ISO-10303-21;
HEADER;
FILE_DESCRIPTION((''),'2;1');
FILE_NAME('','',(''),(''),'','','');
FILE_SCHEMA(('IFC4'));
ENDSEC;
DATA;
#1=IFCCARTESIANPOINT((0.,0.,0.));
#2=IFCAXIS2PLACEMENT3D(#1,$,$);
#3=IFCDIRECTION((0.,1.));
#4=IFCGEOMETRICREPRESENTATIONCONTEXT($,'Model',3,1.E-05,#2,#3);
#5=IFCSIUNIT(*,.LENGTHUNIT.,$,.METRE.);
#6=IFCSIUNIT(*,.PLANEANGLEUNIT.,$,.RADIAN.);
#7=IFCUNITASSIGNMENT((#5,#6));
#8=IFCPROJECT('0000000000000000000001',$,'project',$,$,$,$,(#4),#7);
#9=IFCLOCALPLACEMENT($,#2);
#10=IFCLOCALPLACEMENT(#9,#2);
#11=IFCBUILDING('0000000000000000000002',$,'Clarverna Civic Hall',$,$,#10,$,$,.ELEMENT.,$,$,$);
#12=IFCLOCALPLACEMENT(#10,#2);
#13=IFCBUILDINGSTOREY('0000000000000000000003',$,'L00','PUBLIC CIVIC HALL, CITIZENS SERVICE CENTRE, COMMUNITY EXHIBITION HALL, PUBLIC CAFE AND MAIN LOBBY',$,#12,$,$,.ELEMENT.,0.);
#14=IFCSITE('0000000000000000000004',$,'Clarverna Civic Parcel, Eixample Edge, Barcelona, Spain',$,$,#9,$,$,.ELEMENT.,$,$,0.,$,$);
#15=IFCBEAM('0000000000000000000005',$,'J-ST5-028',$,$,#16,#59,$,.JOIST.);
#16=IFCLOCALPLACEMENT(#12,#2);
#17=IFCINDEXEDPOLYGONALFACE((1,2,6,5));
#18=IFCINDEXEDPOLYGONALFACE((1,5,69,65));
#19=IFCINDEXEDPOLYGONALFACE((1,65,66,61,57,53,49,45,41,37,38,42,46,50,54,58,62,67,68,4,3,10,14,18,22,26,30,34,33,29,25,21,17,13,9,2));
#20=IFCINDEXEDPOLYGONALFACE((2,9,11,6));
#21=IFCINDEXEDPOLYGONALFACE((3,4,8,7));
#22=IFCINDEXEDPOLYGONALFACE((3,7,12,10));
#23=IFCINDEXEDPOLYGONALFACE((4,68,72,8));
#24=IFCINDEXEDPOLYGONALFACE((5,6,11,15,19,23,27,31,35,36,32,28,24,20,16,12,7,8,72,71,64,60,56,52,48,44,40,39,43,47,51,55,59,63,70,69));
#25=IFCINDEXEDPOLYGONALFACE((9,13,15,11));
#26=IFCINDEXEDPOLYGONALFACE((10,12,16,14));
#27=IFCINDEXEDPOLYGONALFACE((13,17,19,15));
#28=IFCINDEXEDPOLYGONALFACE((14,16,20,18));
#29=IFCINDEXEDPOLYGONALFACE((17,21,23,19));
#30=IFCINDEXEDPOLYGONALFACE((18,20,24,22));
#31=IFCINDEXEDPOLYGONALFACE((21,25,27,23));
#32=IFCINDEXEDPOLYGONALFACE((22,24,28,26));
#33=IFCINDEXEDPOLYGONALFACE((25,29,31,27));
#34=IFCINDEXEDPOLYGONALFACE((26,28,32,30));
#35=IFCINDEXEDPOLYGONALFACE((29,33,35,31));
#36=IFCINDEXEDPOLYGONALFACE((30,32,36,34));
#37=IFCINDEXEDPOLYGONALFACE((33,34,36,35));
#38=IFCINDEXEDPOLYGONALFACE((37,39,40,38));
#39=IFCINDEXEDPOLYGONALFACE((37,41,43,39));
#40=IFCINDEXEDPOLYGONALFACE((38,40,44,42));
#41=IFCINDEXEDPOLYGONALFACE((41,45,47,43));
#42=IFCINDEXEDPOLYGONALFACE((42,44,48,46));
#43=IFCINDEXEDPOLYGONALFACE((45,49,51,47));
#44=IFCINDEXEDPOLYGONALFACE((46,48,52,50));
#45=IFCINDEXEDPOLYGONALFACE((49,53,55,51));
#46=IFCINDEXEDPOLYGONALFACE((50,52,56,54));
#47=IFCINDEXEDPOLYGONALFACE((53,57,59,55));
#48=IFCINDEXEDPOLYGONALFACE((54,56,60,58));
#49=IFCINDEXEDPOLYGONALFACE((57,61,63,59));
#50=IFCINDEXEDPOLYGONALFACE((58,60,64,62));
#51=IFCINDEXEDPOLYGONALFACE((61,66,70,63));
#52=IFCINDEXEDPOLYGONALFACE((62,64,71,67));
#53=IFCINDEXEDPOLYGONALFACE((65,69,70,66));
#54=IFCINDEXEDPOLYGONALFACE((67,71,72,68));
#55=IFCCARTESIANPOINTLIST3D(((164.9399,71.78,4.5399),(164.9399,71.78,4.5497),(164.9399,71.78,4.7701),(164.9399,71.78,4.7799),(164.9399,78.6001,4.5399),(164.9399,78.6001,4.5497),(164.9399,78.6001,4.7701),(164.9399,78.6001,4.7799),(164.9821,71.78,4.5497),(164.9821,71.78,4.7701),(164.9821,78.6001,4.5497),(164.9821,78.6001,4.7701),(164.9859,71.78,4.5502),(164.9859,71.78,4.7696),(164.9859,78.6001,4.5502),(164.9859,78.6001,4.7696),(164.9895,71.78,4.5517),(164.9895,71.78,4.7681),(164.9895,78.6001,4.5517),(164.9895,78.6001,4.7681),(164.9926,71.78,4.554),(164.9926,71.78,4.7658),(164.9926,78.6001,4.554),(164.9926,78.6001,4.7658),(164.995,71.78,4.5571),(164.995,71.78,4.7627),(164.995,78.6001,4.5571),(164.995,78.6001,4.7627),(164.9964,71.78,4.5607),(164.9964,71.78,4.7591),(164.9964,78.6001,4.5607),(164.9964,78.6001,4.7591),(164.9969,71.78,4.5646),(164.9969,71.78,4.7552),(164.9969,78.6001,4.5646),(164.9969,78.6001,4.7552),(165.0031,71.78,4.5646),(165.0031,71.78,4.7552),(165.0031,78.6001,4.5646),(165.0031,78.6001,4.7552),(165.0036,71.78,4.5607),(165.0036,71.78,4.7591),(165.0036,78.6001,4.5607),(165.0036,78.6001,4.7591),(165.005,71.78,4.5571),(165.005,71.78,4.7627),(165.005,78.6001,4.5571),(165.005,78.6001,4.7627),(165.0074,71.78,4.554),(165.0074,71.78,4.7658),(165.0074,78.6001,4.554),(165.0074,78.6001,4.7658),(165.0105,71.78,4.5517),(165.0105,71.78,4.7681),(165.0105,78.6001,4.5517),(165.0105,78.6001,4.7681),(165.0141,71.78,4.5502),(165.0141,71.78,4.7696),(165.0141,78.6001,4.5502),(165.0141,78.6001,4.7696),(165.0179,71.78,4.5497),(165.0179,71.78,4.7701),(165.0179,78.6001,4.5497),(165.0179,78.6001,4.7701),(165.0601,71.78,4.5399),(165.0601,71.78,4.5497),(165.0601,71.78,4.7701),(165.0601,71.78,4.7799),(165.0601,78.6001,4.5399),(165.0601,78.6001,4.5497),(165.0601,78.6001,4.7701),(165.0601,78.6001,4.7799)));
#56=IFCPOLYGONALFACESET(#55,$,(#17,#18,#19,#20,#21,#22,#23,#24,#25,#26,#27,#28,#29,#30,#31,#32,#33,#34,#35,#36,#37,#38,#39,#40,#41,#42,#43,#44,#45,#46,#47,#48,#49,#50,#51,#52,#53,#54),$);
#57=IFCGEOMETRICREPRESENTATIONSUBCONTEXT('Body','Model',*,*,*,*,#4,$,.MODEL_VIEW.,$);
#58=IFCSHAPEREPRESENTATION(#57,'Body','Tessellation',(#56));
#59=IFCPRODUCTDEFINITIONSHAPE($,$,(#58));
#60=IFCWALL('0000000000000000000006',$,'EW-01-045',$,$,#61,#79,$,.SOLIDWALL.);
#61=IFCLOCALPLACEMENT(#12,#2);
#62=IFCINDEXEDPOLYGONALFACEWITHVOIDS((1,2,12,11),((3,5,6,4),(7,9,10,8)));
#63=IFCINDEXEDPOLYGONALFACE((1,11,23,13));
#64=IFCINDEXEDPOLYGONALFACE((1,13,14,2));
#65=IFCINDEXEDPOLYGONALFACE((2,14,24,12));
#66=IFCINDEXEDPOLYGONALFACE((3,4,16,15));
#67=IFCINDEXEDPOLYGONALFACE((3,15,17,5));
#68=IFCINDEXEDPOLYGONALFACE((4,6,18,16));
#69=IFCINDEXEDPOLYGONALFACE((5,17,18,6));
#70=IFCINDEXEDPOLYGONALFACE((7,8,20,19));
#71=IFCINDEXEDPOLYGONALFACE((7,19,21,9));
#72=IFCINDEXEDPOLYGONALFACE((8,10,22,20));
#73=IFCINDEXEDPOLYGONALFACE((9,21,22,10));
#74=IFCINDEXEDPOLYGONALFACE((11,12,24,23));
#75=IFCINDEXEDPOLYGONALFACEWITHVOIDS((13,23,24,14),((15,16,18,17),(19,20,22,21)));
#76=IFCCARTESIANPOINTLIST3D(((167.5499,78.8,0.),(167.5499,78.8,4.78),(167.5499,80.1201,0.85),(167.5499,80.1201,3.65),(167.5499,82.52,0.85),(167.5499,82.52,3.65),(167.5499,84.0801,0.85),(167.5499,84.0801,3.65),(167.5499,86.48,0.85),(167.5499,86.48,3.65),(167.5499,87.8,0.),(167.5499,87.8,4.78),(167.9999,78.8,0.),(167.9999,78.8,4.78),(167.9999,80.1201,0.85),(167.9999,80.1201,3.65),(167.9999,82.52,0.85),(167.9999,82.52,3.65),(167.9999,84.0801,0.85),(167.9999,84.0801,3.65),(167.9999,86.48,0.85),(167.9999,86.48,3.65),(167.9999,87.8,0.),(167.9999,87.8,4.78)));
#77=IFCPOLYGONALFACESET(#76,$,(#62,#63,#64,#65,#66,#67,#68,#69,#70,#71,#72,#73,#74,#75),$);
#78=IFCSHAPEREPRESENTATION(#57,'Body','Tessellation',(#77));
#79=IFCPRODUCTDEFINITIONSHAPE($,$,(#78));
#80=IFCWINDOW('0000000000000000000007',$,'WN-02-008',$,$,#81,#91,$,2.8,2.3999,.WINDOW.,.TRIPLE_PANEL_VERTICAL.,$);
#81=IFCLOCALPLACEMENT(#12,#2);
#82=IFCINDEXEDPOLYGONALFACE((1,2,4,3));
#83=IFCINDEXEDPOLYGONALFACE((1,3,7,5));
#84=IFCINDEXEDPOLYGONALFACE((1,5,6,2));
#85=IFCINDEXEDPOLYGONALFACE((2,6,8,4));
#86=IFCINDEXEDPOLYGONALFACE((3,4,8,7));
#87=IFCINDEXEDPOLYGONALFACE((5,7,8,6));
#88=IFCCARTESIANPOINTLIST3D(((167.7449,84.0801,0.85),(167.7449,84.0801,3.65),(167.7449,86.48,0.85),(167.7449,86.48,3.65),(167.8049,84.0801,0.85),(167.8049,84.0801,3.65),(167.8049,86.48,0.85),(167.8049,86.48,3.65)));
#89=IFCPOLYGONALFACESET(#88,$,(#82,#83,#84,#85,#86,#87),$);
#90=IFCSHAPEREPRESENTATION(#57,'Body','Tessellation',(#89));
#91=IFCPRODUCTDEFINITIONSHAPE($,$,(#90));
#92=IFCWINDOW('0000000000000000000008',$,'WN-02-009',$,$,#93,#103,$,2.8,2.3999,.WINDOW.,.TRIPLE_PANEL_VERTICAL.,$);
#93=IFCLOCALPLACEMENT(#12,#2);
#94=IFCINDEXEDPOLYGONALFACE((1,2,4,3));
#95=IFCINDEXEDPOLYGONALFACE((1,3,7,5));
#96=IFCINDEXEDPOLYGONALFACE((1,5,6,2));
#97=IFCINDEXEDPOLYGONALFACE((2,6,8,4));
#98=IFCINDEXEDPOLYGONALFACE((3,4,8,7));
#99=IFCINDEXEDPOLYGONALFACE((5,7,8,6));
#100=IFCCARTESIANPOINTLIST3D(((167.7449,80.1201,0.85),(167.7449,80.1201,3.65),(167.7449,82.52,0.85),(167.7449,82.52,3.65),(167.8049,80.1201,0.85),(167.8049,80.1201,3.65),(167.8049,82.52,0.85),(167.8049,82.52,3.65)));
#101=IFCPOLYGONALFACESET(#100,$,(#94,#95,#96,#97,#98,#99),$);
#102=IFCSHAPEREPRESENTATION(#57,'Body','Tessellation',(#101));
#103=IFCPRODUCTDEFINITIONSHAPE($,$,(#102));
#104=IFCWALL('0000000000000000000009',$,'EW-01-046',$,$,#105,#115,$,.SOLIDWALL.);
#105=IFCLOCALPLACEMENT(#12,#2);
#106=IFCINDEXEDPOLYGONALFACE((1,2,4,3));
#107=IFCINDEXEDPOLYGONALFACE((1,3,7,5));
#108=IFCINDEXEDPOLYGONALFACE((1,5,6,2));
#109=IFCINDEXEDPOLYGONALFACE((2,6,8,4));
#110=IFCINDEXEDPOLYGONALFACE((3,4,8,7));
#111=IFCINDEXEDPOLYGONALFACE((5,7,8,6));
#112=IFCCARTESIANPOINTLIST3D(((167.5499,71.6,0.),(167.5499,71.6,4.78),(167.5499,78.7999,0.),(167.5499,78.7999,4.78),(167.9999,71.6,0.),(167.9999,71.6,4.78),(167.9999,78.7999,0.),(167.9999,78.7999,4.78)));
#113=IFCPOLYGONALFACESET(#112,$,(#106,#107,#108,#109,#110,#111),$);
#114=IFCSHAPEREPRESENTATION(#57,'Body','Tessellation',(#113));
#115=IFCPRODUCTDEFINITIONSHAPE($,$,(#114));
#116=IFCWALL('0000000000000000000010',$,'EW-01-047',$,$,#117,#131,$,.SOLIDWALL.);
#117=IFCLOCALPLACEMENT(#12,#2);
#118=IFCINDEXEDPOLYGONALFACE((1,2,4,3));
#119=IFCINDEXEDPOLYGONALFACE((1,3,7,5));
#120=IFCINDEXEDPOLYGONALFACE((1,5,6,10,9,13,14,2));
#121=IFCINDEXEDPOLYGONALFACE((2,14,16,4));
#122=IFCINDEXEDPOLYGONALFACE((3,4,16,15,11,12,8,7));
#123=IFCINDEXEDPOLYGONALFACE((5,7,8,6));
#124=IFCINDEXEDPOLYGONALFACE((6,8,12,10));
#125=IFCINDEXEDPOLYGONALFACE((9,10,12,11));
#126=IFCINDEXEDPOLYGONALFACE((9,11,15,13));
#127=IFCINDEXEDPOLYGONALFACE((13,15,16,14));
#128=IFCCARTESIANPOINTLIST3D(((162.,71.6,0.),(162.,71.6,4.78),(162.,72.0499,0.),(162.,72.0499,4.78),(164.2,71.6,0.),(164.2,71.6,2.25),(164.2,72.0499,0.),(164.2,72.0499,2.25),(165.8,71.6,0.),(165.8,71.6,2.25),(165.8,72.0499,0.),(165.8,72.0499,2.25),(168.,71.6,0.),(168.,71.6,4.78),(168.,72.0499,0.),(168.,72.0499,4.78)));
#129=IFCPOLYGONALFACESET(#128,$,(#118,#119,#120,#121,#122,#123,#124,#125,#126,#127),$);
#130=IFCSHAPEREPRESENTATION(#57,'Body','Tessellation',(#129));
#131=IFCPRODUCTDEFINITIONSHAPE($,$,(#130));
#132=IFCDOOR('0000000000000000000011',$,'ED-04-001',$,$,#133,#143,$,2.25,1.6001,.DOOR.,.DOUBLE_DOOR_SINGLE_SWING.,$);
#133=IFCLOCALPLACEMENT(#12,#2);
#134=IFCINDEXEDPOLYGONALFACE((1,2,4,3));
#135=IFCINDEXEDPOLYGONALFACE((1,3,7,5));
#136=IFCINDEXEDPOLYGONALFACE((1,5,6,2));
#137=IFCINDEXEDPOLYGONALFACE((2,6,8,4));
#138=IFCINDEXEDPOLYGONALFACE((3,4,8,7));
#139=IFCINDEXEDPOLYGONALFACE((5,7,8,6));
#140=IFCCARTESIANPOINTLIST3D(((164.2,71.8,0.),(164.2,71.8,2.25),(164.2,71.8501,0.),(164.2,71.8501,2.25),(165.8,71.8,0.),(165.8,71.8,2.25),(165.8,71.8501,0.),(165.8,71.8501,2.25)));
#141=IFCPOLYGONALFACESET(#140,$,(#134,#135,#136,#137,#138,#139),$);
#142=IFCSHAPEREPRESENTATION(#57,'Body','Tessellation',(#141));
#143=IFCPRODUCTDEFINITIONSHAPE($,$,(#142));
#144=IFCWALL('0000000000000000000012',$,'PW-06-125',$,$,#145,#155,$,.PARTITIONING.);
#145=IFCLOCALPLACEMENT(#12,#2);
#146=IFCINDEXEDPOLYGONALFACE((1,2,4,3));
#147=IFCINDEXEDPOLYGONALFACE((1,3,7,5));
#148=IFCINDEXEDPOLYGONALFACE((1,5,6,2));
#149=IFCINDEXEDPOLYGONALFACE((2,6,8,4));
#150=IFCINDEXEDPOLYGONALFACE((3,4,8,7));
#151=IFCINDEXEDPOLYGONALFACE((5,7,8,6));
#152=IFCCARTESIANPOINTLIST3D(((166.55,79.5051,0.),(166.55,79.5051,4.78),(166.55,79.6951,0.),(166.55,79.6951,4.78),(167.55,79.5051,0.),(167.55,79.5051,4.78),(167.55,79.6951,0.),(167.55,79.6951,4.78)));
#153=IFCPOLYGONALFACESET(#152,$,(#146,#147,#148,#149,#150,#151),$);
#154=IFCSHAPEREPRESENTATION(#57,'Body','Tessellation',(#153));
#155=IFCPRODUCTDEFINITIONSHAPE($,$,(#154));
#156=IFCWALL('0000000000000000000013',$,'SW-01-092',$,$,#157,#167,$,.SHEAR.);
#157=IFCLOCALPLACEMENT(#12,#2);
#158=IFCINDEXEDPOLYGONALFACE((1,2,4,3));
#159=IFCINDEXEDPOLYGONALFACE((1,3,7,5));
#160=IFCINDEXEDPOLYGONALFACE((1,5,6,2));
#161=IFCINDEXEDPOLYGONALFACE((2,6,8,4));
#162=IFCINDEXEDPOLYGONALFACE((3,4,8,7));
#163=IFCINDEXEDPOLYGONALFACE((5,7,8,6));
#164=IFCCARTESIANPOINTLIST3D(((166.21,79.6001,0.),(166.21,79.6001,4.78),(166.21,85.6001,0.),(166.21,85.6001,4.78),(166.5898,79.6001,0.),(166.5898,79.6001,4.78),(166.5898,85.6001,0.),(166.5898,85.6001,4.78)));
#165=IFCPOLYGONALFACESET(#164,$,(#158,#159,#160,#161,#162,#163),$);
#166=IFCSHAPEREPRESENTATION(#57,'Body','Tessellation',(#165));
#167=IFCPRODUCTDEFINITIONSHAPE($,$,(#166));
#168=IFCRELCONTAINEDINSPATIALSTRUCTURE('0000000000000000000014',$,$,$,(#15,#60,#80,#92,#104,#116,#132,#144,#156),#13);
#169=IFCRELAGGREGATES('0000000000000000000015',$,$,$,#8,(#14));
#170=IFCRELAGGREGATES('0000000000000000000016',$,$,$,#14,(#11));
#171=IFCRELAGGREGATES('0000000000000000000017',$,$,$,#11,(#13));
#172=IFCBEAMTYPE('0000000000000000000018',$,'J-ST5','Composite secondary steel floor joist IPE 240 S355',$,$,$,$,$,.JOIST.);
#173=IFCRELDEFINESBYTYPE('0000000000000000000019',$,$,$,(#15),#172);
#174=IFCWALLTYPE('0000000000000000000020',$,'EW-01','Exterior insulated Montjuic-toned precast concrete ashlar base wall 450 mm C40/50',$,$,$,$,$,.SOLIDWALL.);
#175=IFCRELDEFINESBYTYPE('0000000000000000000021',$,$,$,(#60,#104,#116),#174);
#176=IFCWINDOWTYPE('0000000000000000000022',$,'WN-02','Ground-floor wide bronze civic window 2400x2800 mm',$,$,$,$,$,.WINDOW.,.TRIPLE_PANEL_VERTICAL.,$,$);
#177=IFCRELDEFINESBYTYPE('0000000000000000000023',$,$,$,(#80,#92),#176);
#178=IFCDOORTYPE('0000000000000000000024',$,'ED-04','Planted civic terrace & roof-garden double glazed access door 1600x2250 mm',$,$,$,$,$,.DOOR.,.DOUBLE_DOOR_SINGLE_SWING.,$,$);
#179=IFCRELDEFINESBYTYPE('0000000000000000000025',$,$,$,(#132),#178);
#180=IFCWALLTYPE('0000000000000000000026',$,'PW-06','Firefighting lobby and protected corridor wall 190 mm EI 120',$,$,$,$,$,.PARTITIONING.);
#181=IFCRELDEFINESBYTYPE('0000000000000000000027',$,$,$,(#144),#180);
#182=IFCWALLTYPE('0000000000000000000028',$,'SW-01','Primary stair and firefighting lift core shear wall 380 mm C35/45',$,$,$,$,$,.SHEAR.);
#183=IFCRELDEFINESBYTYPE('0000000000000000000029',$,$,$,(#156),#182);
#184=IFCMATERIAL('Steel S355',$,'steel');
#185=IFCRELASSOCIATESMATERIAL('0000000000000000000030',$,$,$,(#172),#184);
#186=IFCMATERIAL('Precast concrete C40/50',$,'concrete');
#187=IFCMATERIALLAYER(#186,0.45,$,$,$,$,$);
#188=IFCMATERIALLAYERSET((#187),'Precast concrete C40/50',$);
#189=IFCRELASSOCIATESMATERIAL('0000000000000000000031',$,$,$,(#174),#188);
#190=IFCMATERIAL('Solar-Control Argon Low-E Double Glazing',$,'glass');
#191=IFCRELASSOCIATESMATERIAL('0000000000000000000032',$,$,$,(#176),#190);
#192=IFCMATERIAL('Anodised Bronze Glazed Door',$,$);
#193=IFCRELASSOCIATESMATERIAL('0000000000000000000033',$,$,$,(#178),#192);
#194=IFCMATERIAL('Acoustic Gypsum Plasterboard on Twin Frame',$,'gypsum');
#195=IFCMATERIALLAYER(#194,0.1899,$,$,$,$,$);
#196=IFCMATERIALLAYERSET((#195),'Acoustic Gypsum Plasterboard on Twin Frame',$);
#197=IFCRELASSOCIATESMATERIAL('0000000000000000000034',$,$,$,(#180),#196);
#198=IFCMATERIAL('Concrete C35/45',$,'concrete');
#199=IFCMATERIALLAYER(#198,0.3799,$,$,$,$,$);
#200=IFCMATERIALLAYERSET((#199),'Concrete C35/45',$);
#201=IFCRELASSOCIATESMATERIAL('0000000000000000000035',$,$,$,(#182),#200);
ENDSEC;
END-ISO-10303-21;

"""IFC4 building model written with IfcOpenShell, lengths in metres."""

from ifc_helpers import new_model, si_unit, direction, frame, frame_2d, origin, origin_2d, place, context, subcontext, project, spatial, rectangle, i_section, extrude, material, layer, layer_set, material_profile, profile_set, type_object, element, fill, save


model = new_model("IFC4")

# Units and contexts
model_context = context("Model", 3, precision=1e-05, world=origin(), true_north=direction((0.0, 1.0)))
body_context = subcontext(model_context, "Body", "Model", "MODEL_VIEW")
ifc_project = project(units=[si_unit("LENGTHUNIT", "METRE"), si_unit("PLANEANGLEUNIT", "RADIAN")], contexts=[model_context])

# Site, building, storey
site_placement = place(None, origin())
site = spatial("IfcSite", under=ifc_project, at=site_placement, Name="Clarverna Civic Parcel, Eixample Edge, Barcelona, Spain", CompositionType="ELEMENT", RefElevation=0.0)
building_placement = place(site_placement, origin())
building = spatial("IfcBuilding", under=site, at=building_placement, Name="Clarverna Civic Hall", CompositionType="ELEMENT")
storey_placement = place(building_placement, origin())
storey = spatial("IfcBuildingStorey", under=building, at=storey_placement, Name="L00", Description="PUBLIC CIVIC HALL, CITIZENS SERVICE CENTRE, COMMUNITY EXHIBITION HALL, PUBLIC CAFE AND MAIN LOBBY", CompositionType="ELEMENT", Elevation=0.0)

# Shared definitions
ifc_material_1 = material(Name="Precast concrete C40/50", Category="concrete")
ifc_material_2 = material(Name="Concrete C35/45", Category="concrete")

# Beam
ifc_material_3 = material(Name="Steel S355", Category="steel")
ifc_material_profile_1 = material_profile(ifc_material_3, i_section(OverallWidth=0.1201, OverallDepth=0.24, WebThickness=0.0061, FlangeThickness=0.0098, FilletRadius=0.0149, at=origin_2d()), Name="IPE 240")
ifc_profile_set_1 = profile_set([ifc_material_profile_1], Name="Steel S355")
beam_type_1 = type_object("IfcBeamType", Name="J-ST5", Description="Composite secondary steel floor joist IPE 240 S355", PredefinedType="JOIST", material=ifc_profile_set_1)
beam_1_placement = place(storey_placement, frame((165.0, 71.78, 4.6599), z_axis=(0.0, 1.0, 0.0), x_axis=(-1.0, 0.0, 0.0)))
element("IfcBeam", 1, at=beam_1_placement, inside=storey, type_object=beam_type_1, Name="J-ST5-028", PredefinedType="JOIST", context=body_context, shape_type="SweptSolid", body=[
    extrude(i_section(OverallWidth=0.1201, OverallDepth=0.24, WebThickness=0.0061, FlangeThickness=0.0098, FilletRadius=0.0149, at=origin_2d()), origin(), (0.0, 0.0, 1.0), 6.8201),
])

# Wall, openings, windows
ifc_layer_1 = layer(ifc_material_1, 0.45)
ifc_layer_set_1 = layer_set([ifc_layer_1], Name="Precast concrete C40/50")
wall_type_1 = type_object("IfcWallType", Name="EW-01", Description="Exterior insulated Montjuic-toned precast concrete ashlar base wall 450 mm C40/50", PredefinedType="SOLIDWALL", material=ifc_layer_set_1)
wall_1_placement = place(storey_placement, frame((167.7749, 87.8, 0.0), z_axis=(0.0, 0.0, 1.0), x_axis=(0.0, -1.0, 0.0)))
wall_1 = element("IfcWall", 2, at=wall_1_placement, inside=storey, type_object=wall_type_1, Name="EW-01-045", PredefinedType="SOLIDWALL", context=body_context, shape_type="SweptSolid", body=[
    extrude(rectangle(XDim=9.0, YDim=0.45, at=frame_2d((4.5, 0.0))), origin(), (0.0, 0.0, 1.0), 4.78),
])
opening_1_placement = place(wall_1_placement, frame((1.3201, 0.0, 0.8501)))
opening_1 = element("IfcOpeningElement", 3, at=opening_1_placement, cuts=wall_1, PredefinedType="OPENING", context=body_context, shape_type="SweptSolid", body=[
    extrude(rectangle(XDim=2.3999, YDim=2.8, at=frame_2d((1.2, 1.3999))), frame((0.0, 0.2349, 0.0), z_axis=(0.0, -1.0, 0.0), x_axis=(1.0, 0.0, 0.0)), (0.0, 0.0, 1.0), 0.47),
])
opening_2_placement = place(wall_1_placement, frame((5.28, 0.0, 0.8501)))
opening_2 = element("IfcOpeningElement", 4, at=opening_2_placement, cuts=wall_1, PredefinedType="OPENING", context=body_context, shape_type="SweptSolid", body=[
    extrude(rectangle(XDim=2.3999, YDim=2.8, at=frame_2d((1.2, 1.3999))), frame((0.0, 0.2349, 0.0), z_axis=(0.0, -1.0, 0.0), x_axis=(1.0, 0.0, 0.0)), (0.0, 0.0, 1.0), 0.47),
])
ifc_material_4 = material(Name="Solar-Control Argon Low-E Double Glazing", Category="glass")
window_type = type_object("IfcWindowType", Name="WN-02", Description="Ground-floor wide bronze civic window 2400x2800 mm", PartitioningType="TRIPLE_PANEL_VERTICAL", PredefinedType="WINDOW", material=ifc_material_4)
window_1_placement = place(opening_1_placement, origin())
window_1 = element("IfcWindow", 5, at=window_1_placement, inside=storey, type_object=window_type, Name="WN-02-008", OverallHeight=2.8, OverallWidth=2.3999, PartitioningType="TRIPLE_PANEL_VERTICAL", PredefinedType="WINDOW", context=body_context, shape_type="SweptSolid", body=[
    extrude(rectangle(XDim=2.3999, YDim=2.8, at=frame_2d((1.2, 1.3999))), frame((0.0, 0.03, 0.0), z_axis=(0.0, -1.0, 0.0), x_axis=(1.0, 0.0, 0.0)), (0.0, 0.0, 1.0), 0.0601),
])
fill(opening_1, window_1)
window_2_placement = place(opening_2_placement, origin())
window_2 = element("IfcWindow", 6, at=window_2_placement, inside=storey, type_object=window_type, Name="WN-02-009", OverallHeight=2.8, OverallWidth=2.3999, PartitioningType="TRIPLE_PANEL_VERTICAL", PredefinedType="WINDOW", context=body_context, shape_type="SweptSolid", body=[
    extrude(rectangle(XDim=2.3999, YDim=2.8, at=frame_2d((1.2, 1.3999))), frame((0.0, 0.03, 0.0), z_axis=(0.0, -1.0, 0.0), x_axis=(1.0, 0.0, 0.0)), (0.0, 0.0, 1.0), 0.0601),
])
fill(opening_2, window_2)

# Wall
wall_2_placement = place(storey_placement, frame((167.7749, 78.8, 0.0), z_axis=(0.0, 0.0, 1.0), x_axis=(0.0, -1.0, 0.0)))
element("IfcWall", 7, at=wall_2_placement, inside=storey, type_object=wall_type_1, Name="EW-01-046", PredefinedType="SOLIDWALL", context=body_context, shape_type="SweptSolid", body=[
    extrude(rectangle(XDim=7.2, YDim=0.45, at=frame_2d((3.6001, 0.0))), origin(), (0.0, 0.0, 1.0), 4.78),
])

# Wall, opening, door
wall_3_placement = place(storey_placement, frame((168.0, 71.825, 0.0), z_axis=(0.0, 0.0, 1.0), x_axis=(-1.0, 0.0, 0.0)))
wall_3 = element("IfcWall", 8, at=wall_3_placement, inside=storey, type_object=wall_type_1, Name="EW-01-047", PredefinedType="SOLIDWALL", context=body_context, shape_type="SweptSolid", body=[
    extrude(rectangle(XDim=6.0, YDim=0.45, at=frame_2d((3.0, 0.0))), origin(), (0.0, 0.0, 1.0), 4.78),
])
opening_3_placement = place(wall_3_placement, frame((2.2, 0.0, 0.0)))
opening_3 = element("IfcOpeningElement", 9, at=opening_3_placement, cuts=wall_3, PredefinedType="OPENING", context=body_context, shape_type="SweptSolid", body=[
    extrude(rectangle(XDim=1.6001, YDim=2.25, at=frame_2d((0.8, 1.125))), frame((0.0, 0.2349, 0.0), z_axis=(0.0, -1.0, 0.0), x_axis=(1.0, 0.0, 0.0)), (0.0, 0.0, 1.0), 0.47),
])
ifc_material_5 = material(Name="Anodised Bronze Glazed Door")
door_type_1 = type_object("IfcDoorType", Name="ED-04", Description="Planted civic terrace & roof-garden double glazed access door 1600x2250 mm", OperationType="DOUBLE_DOOR_SINGLE_SWING", PredefinedType="DOOR", material=ifc_material_5)
door_1_placement = place(opening_3_placement, origin())
door_1 = element("IfcDoor", 10, at=door_1_placement, inside=storey, type_object=door_type_1, Name="ED-04-001", OperationType="DOUBLE_DOOR_SINGLE_SWING", OverallHeight=2.25, OverallWidth=1.6001, PredefinedType="DOOR", context=body_context, shape_type="SweptSolid", body=[
    extrude(rectangle(XDim=1.6001, YDim=2.25, at=frame_2d((0.8, 1.125))), frame((0.0, 0.0249, 0.0), z_axis=(0.0, -1.0, 0.0), x_axis=(1.0, 0.0, 0.0)), (0.0, 0.0, 1.0), 0.05),
])
fill(opening_3, door_1)

# Wall
ifc_material_6 = material(Name="Acoustic Gypsum Plasterboard on Twin Frame", Category="gypsum")
ifc_layer_2 = layer(ifc_material_6, 0.1899)
ifc_layer_set_2 = layer_set([ifc_layer_2], Name="Acoustic Gypsum Plasterboard on Twin Frame")
wall_type_2 = type_object("IfcWallType", Name="PW-06", Description="Firefighting lobby and protected corridor wall 190 mm EI 120", PredefinedType="PARTITIONING", material=ifc_layer_set_2)
wall_4_placement = place(storey_placement, frame((166.55, 79.6001, 0.0), z_axis=(0.0, 0.0, 1.0), x_axis=(1.0, 0.0, 0.0)))
element("IfcWall", 11, at=wall_4_placement, inside=storey, type_object=wall_type_2, Name="PW-06-125", PredefinedType="PARTITIONING", context=body_context, shape_type="SweptSolid", body=[
    extrude(rectangle(XDim=1.0, YDim=0.1899, at=frame_2d((0.5, 0.0))), origin(), (0.0, 0.0, 1.0), 4.78),
])

# Wall
ifc_layer_3 = layer(ifc_material_2, 0.3799)
ifc_layer_set_3 = layer_set([ifc_layer_3], Name="Concrete C35/45")
wall_type_3 = type_object("IfcWallType", Name="SW-01", Description="Primary stair and firefighting lift core shear wall 380 mm C35/45", PredefinedType="SHEAR", material=ifc_layer_set_3)
wall_5_placement = place(storey_placement, frame((166.3999, 79.6001, 0.0), z_axis=(0.0, 0.0, 1.0), x_axis=(0.0, 1.0, 0.0)))
element("IfcWall", 12, at=wall_5_placement, inside=storey, type_object=wall_type_3, Name="SW-01-092", PredefinedType="SHEAR", context=body_context, shape_type="SweptSolid", body=[
    extrude(rectangle(XDim=6.0, YDim=0.3799, at=frame_2d((3.0, 0.0))), origin(), (0.0, 0.0, 1.0), 4.78),
])

save(model, "model.ifc")
